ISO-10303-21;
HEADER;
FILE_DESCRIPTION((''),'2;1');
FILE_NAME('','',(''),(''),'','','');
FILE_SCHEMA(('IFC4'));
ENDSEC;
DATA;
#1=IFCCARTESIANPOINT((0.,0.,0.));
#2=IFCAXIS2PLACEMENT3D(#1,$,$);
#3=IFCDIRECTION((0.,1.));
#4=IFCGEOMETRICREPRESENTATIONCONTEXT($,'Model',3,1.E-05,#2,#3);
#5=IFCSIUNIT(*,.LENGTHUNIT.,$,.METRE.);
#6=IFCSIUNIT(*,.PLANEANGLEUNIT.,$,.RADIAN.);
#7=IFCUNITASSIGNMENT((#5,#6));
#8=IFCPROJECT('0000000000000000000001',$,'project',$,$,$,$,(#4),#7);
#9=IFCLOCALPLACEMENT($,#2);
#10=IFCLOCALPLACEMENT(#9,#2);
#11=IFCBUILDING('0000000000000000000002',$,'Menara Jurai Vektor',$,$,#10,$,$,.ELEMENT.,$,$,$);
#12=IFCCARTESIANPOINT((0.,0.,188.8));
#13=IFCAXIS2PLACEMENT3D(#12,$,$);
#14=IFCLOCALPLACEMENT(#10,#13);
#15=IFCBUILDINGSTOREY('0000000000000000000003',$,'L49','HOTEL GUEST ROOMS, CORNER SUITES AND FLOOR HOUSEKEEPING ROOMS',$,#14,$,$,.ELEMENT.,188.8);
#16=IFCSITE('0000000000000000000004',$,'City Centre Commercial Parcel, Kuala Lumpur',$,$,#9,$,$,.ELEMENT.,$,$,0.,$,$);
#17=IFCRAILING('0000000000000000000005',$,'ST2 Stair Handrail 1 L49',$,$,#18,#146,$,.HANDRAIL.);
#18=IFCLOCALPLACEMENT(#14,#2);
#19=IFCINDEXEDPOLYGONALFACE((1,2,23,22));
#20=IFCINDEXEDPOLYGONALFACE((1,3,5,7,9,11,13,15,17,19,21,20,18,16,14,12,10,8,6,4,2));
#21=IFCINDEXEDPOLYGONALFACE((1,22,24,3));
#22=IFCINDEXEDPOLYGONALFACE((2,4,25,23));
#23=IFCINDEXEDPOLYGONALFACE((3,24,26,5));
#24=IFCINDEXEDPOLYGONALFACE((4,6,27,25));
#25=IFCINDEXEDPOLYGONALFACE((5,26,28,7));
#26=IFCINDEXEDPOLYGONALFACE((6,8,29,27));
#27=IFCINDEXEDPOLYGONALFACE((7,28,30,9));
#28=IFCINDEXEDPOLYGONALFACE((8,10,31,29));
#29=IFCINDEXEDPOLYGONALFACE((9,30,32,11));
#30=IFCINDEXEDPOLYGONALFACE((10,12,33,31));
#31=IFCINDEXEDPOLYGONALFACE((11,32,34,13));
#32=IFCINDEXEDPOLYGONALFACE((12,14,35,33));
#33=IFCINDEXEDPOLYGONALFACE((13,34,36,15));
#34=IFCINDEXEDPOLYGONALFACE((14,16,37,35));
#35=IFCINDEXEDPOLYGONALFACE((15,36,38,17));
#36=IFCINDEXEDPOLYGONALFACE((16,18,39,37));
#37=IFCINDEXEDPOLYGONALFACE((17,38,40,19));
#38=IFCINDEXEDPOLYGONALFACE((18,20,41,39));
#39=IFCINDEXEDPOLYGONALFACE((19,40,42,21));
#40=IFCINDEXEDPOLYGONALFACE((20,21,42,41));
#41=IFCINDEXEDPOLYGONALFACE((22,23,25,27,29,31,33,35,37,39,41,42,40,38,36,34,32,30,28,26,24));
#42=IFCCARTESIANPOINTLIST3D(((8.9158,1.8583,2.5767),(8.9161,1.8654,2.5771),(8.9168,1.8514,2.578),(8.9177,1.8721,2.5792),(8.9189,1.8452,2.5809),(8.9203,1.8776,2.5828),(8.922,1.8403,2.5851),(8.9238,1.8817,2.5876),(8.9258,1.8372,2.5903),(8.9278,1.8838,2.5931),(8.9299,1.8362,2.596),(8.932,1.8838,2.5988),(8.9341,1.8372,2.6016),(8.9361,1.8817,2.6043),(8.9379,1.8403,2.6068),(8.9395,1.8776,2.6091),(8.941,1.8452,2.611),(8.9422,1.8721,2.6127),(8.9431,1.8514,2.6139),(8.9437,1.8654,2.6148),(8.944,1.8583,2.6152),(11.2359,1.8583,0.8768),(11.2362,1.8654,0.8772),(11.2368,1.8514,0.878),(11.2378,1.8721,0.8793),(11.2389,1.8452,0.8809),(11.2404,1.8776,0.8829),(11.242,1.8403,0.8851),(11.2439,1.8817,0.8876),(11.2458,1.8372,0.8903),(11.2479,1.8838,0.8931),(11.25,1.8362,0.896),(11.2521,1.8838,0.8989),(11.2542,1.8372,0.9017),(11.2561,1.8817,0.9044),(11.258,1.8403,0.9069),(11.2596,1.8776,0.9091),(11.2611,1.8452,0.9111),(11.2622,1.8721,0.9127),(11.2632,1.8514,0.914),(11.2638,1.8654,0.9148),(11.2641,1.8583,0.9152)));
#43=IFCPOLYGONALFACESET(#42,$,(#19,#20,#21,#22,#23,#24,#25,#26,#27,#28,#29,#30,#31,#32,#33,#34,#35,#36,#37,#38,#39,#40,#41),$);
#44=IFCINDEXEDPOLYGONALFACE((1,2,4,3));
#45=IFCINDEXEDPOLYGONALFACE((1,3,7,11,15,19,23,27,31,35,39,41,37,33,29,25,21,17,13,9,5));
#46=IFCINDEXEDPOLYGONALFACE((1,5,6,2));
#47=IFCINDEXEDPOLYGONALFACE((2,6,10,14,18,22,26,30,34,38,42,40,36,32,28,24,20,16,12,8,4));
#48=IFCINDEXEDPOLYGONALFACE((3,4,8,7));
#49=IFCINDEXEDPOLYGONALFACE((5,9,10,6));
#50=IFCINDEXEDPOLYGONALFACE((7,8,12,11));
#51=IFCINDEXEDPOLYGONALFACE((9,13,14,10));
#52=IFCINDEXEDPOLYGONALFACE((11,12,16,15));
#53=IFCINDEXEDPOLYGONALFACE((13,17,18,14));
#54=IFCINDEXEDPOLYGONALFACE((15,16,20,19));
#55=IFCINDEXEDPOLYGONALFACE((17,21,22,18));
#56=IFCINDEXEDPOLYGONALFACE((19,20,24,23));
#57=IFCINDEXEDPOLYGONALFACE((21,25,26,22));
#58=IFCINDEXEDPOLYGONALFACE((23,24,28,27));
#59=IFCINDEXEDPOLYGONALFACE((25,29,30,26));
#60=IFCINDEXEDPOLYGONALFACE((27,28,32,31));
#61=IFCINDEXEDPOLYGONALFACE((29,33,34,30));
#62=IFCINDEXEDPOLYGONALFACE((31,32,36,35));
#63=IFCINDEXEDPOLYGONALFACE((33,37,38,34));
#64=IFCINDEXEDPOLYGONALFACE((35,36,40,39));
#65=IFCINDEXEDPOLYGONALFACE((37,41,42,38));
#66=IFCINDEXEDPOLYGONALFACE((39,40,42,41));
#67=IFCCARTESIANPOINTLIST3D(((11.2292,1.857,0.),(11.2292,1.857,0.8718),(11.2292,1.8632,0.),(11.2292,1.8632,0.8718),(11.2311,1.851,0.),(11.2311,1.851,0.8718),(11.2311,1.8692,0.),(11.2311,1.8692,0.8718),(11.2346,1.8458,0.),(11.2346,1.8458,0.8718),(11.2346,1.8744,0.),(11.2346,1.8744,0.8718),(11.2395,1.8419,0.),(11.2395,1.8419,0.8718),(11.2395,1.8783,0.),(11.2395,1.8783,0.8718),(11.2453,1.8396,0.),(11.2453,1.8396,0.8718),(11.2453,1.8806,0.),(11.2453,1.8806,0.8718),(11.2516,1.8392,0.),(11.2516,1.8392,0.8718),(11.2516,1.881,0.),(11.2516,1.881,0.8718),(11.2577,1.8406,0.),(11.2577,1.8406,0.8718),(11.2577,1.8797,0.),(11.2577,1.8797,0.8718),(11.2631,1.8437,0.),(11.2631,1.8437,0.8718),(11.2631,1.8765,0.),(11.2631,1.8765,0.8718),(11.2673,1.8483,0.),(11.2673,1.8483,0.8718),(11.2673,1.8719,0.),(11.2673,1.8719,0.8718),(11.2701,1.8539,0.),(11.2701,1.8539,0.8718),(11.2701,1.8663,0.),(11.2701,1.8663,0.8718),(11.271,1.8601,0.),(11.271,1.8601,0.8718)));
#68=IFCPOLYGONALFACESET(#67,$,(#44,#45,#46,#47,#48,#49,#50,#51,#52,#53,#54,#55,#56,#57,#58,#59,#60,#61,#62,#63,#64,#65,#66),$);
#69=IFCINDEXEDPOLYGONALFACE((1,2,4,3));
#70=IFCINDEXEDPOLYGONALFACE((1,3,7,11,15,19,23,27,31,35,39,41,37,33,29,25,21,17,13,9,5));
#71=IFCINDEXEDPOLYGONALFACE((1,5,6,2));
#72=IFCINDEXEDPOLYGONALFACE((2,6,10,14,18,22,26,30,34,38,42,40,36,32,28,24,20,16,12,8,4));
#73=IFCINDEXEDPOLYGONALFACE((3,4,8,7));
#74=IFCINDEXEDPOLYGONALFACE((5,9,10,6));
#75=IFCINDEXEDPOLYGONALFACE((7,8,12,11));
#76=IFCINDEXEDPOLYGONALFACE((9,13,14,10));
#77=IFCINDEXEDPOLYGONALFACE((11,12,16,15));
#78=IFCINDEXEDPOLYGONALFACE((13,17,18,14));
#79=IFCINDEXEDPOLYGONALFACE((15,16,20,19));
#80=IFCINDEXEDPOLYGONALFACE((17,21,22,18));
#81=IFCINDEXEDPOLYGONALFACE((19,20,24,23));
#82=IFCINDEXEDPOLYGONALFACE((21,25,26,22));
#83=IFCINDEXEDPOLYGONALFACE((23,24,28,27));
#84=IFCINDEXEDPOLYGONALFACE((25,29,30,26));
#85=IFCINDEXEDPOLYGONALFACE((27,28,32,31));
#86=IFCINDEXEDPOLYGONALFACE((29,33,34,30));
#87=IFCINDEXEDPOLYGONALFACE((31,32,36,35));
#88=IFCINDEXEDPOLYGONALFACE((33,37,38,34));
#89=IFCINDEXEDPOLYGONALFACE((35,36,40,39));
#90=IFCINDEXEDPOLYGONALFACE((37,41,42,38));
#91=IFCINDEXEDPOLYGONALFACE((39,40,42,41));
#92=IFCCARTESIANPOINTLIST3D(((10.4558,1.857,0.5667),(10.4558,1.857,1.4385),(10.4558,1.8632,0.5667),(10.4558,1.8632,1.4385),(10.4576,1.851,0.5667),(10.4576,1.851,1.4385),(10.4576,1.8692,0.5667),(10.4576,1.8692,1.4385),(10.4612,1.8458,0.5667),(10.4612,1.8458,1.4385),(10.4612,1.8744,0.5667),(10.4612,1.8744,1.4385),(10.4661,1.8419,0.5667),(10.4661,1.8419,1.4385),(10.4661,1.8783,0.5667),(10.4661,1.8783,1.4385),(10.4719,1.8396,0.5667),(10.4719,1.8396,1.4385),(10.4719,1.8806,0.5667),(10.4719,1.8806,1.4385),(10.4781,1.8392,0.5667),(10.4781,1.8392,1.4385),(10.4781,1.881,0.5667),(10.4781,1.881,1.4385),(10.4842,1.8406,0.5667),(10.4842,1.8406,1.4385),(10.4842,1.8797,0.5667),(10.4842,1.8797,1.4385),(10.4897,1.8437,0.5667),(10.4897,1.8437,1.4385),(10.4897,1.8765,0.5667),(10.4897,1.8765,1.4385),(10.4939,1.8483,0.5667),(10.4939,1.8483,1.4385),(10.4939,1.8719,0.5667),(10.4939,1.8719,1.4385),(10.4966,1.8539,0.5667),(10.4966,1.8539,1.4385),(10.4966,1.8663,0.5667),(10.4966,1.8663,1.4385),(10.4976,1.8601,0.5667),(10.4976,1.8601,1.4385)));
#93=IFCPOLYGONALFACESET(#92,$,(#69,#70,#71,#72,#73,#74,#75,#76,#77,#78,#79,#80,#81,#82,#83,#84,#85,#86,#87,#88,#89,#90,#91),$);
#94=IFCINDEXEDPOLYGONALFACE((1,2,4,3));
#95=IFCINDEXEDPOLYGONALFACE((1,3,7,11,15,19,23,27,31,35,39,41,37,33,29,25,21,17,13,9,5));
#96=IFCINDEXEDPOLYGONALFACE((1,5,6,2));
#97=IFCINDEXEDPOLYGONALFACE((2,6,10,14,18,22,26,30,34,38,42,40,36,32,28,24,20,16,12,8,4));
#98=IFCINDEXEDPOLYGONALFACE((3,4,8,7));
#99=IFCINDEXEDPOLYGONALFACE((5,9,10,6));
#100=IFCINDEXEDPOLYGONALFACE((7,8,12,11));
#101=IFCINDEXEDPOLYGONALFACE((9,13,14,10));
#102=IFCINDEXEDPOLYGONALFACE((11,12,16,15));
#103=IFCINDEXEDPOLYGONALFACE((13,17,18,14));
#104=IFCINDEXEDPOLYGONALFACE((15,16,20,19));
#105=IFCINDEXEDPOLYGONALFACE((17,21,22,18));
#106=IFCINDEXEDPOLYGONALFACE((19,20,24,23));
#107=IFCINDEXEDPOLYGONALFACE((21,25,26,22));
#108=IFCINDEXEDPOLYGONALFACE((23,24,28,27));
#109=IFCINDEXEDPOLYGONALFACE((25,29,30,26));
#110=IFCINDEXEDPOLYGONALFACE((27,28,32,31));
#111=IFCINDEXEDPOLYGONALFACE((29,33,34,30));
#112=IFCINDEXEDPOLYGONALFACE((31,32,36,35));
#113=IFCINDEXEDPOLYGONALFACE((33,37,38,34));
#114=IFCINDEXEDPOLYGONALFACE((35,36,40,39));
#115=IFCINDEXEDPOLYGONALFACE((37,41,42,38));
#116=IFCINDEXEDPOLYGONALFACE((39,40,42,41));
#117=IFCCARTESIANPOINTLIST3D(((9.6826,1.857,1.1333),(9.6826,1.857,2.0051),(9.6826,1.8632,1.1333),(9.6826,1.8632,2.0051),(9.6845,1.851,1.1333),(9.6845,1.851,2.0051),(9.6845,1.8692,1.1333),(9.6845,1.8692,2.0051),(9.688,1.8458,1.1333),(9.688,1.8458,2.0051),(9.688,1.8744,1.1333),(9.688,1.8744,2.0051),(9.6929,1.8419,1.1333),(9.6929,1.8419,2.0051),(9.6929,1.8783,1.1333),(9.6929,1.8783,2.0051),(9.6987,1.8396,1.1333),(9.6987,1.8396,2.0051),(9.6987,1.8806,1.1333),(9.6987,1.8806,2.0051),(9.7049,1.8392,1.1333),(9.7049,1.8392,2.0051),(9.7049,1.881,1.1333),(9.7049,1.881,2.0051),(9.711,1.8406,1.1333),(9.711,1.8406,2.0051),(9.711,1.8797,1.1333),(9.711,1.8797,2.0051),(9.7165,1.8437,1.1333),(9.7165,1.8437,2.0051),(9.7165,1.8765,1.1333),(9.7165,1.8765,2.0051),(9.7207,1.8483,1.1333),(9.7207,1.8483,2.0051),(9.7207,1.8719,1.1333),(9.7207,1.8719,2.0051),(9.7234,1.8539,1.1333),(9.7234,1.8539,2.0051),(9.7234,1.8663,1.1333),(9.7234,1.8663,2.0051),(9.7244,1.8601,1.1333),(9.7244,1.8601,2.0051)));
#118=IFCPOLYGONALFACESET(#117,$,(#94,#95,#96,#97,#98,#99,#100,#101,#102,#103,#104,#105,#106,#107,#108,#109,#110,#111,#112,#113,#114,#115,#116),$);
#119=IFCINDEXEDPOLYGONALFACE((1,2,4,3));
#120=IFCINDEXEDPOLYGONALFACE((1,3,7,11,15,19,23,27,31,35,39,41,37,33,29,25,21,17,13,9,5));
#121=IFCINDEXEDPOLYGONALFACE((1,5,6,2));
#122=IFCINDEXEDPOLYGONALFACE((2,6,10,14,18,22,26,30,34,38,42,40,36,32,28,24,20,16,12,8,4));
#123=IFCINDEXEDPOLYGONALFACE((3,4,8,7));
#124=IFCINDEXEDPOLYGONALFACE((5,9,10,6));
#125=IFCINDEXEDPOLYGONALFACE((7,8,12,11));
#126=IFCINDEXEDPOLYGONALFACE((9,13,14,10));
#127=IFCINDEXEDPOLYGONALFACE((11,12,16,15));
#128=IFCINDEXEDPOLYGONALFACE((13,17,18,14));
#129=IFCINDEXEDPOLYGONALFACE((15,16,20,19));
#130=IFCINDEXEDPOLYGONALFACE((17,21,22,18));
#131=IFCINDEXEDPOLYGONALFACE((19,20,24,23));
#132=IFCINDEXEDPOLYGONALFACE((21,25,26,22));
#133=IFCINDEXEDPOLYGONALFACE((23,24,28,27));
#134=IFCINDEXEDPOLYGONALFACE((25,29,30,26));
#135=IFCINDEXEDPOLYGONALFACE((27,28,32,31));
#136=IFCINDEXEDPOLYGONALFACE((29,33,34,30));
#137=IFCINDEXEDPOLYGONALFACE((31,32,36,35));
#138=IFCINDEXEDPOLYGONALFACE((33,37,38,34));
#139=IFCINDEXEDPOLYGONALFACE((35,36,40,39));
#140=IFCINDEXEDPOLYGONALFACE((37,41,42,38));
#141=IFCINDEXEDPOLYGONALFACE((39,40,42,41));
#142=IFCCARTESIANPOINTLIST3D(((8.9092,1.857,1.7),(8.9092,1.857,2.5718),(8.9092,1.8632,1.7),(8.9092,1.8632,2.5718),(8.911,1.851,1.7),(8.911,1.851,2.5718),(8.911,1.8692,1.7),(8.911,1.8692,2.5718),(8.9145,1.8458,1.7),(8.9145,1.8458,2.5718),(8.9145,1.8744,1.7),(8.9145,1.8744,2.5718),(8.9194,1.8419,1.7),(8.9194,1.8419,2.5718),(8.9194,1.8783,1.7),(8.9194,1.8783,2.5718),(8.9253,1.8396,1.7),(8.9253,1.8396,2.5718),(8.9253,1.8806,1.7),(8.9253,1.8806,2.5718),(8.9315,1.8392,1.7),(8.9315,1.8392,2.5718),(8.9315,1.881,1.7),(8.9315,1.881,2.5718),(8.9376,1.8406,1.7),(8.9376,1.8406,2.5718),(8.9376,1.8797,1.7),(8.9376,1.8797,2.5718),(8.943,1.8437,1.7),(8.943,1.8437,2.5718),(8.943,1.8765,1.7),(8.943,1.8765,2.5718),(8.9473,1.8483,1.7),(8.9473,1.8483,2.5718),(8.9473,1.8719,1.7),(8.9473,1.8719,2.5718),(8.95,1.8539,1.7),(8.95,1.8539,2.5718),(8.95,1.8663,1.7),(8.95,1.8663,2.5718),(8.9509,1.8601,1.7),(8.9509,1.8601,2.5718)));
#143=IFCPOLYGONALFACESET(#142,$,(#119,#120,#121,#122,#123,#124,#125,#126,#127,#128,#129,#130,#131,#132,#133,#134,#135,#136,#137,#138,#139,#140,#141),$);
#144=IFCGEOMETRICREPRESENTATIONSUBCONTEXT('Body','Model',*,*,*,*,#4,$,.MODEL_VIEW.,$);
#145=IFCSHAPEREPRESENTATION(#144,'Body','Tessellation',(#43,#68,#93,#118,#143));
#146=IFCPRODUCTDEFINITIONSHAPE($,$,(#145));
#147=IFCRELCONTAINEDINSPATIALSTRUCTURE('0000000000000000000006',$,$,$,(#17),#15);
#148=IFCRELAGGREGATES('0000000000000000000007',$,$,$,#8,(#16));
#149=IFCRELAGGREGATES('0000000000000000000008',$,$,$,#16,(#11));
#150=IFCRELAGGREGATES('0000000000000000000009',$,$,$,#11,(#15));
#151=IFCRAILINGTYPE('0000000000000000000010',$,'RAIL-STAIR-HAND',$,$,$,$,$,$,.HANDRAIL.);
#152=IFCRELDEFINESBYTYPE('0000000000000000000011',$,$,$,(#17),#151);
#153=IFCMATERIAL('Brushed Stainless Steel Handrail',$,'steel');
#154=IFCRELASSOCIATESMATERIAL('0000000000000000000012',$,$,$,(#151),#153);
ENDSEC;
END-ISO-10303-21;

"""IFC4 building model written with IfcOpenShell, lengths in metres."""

from ifc_helpers import new_model, si_unit, direction, frame, origin, origin_2d, place, context, subcontext, project, spatial, circle, extrude, material, type_object, element, save


model = new_model("IFC4")

# Units and contexts
model_context = context("Model", 3, precision=1e-05, world=origin(), true_north=direction((0.0, 1.0)))
body_context = subcontext(model_context, "Body", "Model", "MODEL_VIEW")
ifc_project = project(units=[si_unit("LENGTHUNIT", "METRE"), si_unit("PLANEANGLEUNIT", "RADIAN")], contexts=[model_context])

# Site, building, storey
site_placement = place(None, origin())
site = spatial("IfcSite", under=ifc_project, at=site_placement, Name="City Centre Commercial Parcel, Kuala Lumpur", CompositionType="ELEMENT", RefElevation=0.0)
building_placement = place(site_placement, origin())
building = spatial("IfcBuilding", under=site, at=building_placement, Name="Menara Jurai Vektor", CompositionType="ELEMENT")
storey_placement = place(building_placement, frame((0.0, 0.0, 188.8)))
storey = spatial("IfcBuildingStorey", under=building, at=storey_placement, Name="L49", Description="HOTEL GUEST ROOMS, CORNER SUITES AND FLOOR HOUSEKEEPING ROOMS", CompositionType="ELEMENT", Elevation=188.8)

# Railing
ifc_material_1 = material(Name="Brushed Stainless Steel Handrail", Category="steel")
railing_type_1 = type_object("IfcRailingType", Name="RAIL-STAIR-HAND", PredefinedType="HANDRAIL", material=ifc_material_1)
railing_1_placement = place(storey_placement, frame((11.25, 1.8601, 0.0)))
element("IfcRailing", 1, at=railing_1_placement, inside=storey, type_object=railing_type_1, Name="ST2 Stair Handrail 1 L49", PredefinedType="HANDRAIL", context=body_context, shape_type="SweptSolid", body=[
    extrude(circle(Radius=0.0239, at=origin_2d()), frame((0.0, 0.0, 0.896), z_axis=(-0.806642, 0.0, 0.59104), x_axis=(0.0, -1.0, 0.0)), (0.0, 0.0, 1.0), 2.8762),
    extrude(circle(Radius=0.021, at=origin_2d()), origin(), (0.0, 0.0, 1.0), 0.8718),
    extrude(circle(Radius=0.021, at=origin_2d()), frame((-0.7734, 0.0, 0.5667)), (0.0, 0.0, 1.0), 0.8718),
    extrude(circle(Radius=0.021, at=origin_2d()), frame((-1.5466, 0.0, 1.1333)), (0.0, 0.0, 1.0), 0.8718),
    extrude(circle(Radius=0.021, at=origin_2d()), frame((-2.3201, 0.0, 1.7)), (0.0, 0.0, 1.0), 0.8718),
])

save(model, "model.ifc")
